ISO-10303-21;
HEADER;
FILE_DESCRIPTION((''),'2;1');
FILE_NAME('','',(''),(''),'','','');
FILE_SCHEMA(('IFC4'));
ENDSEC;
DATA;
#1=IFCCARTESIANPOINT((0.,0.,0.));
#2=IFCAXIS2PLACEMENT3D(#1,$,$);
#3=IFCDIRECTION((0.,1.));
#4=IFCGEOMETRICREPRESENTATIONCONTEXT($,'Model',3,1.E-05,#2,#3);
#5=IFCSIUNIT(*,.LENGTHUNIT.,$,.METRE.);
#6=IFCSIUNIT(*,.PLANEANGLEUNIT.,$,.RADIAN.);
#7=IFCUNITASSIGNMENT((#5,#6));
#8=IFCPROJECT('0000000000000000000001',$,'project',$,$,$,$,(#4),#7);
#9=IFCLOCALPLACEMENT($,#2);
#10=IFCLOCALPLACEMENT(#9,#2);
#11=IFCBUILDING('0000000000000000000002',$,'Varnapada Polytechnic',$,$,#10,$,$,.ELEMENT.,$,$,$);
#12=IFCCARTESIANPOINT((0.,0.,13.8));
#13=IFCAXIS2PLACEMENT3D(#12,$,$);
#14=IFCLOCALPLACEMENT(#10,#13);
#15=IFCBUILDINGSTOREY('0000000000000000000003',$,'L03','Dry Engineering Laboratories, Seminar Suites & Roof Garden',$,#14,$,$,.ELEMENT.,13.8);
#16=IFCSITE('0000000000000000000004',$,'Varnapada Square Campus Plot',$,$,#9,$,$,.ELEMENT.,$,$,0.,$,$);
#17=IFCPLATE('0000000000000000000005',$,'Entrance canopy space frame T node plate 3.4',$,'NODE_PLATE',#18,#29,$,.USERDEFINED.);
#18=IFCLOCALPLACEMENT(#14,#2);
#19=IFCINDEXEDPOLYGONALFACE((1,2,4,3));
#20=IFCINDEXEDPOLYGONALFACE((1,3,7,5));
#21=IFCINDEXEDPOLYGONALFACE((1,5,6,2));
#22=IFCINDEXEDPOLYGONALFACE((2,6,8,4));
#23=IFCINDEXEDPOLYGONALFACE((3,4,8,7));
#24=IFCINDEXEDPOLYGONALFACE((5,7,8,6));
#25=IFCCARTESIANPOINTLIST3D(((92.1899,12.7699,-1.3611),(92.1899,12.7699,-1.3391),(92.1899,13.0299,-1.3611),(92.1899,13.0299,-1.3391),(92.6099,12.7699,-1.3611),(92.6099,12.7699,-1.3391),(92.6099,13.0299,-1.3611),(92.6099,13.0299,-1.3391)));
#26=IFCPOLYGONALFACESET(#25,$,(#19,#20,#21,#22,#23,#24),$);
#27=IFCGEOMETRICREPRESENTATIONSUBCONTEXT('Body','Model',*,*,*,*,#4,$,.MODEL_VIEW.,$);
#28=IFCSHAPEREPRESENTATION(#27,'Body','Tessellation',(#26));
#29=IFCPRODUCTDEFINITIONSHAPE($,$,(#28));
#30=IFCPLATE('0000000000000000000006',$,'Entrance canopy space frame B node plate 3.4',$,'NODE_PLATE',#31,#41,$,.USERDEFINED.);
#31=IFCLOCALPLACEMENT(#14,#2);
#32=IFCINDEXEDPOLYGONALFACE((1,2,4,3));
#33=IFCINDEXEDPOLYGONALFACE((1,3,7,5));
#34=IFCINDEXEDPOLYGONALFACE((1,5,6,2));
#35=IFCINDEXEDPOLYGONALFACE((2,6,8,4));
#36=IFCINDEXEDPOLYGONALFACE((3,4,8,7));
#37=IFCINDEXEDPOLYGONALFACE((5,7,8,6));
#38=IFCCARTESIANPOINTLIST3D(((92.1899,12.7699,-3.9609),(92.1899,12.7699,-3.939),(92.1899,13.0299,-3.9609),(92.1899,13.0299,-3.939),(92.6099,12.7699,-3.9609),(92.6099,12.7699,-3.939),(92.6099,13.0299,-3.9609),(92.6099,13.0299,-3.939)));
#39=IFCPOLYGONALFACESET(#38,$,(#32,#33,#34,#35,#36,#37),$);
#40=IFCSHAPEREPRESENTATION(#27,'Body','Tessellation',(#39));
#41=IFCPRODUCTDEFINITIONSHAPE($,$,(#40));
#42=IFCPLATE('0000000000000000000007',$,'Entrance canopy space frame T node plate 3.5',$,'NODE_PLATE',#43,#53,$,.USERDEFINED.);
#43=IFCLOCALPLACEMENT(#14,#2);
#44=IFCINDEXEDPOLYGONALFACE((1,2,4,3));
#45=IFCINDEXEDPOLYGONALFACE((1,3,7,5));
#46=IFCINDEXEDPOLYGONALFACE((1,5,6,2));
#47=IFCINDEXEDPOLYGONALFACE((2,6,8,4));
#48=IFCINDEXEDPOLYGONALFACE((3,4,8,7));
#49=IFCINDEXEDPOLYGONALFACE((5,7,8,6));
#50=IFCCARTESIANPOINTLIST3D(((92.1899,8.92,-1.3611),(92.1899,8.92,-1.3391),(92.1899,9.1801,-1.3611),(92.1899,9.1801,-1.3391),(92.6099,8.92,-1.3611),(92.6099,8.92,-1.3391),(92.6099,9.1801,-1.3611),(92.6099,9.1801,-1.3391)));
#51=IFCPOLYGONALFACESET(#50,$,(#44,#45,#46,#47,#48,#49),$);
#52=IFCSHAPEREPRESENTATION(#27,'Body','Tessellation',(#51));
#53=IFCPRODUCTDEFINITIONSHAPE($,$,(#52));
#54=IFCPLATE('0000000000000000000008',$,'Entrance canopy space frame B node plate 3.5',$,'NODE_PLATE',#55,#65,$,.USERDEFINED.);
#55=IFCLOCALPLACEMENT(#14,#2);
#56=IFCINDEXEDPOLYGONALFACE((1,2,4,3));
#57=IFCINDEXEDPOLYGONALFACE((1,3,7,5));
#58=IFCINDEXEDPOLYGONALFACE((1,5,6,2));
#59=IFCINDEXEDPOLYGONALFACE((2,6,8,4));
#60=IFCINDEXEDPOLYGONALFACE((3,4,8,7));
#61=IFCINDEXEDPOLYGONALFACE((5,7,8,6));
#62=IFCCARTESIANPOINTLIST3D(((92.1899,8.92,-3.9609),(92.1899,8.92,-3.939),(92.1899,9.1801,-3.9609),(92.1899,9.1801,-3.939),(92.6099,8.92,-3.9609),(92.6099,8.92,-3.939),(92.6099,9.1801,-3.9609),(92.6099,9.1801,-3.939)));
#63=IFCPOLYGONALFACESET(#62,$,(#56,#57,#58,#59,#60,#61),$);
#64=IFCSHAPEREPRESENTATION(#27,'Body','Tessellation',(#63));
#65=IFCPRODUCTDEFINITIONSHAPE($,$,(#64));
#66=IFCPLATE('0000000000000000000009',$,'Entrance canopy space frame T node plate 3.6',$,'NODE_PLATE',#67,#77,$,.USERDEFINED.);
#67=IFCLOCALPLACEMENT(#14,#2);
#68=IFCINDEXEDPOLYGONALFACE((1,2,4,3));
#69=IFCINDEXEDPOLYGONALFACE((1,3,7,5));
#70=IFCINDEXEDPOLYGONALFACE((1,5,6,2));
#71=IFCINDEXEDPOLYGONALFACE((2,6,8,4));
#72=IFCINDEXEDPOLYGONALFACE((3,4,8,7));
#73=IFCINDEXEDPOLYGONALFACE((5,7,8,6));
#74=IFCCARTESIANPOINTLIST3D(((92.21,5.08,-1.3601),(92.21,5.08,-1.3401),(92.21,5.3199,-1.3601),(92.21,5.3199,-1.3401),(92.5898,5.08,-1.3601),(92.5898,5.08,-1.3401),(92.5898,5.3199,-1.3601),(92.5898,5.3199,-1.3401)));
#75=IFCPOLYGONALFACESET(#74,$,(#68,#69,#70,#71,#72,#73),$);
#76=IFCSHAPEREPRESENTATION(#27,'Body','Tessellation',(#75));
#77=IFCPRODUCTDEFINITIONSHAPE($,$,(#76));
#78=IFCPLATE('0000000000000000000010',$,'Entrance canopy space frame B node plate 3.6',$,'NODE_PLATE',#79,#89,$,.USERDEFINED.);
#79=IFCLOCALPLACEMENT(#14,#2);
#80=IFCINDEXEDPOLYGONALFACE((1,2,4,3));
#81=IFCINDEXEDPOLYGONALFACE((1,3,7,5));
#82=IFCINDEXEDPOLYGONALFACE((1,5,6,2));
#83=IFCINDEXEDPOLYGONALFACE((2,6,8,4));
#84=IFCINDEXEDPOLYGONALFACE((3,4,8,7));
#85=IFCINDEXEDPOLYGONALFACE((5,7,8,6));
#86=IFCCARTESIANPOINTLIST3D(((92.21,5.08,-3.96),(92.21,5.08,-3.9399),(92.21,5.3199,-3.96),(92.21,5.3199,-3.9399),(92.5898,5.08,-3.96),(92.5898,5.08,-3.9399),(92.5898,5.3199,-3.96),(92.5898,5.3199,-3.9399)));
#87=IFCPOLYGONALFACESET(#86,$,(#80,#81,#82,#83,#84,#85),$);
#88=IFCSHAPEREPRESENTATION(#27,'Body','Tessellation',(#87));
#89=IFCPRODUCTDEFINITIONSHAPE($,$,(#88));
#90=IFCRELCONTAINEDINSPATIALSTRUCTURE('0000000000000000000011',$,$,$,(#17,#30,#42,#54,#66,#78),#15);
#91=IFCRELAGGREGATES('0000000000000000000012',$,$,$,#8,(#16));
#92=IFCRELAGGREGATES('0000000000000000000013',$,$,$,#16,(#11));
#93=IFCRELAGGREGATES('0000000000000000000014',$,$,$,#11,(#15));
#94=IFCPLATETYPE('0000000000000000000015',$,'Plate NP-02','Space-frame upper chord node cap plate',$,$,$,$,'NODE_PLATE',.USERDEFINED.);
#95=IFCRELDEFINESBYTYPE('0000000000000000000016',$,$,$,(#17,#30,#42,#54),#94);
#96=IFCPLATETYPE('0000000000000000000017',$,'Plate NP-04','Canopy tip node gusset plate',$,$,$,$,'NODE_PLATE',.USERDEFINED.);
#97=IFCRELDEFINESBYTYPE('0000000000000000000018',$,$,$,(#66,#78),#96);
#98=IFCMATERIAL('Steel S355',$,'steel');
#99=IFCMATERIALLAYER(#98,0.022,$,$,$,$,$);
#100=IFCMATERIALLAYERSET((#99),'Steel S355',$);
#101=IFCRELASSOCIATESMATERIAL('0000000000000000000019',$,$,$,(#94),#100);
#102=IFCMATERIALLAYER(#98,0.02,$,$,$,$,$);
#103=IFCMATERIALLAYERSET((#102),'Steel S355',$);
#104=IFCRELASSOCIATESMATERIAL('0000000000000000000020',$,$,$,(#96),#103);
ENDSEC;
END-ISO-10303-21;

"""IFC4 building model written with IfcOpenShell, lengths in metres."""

from ifc_helpers import new_model, si_unit, direction, frame, origin, origin_2d, place, context, subcontext, project, spatial, rectangle, extrude, material, layer, layer_set, type_object, element, save


model = new_model("IFC4")

# Units and contexts
model_context = context("Model", 3, precision=1e-05, world=origin(), true_north=direction((0.0, 1.0)))
body_context = subcontext(model_context, "Body", "Model", "MODEL_VIEW")
ifc_project = project(units=[si_unit("LENGTHUNIT", "METRE"), si_unit("PLANEANGLEUNIT", "RADIAN")], contexts=[model_context])

# Site, building, storey
site_placement = place(None, origin())
site = spatial("IfcSite", under=ifc_project, at=site_placement, Name="Varnapada Square Campus Plot", CompositionType="ELEMENT", RefElevation=0.0)
building_placement = place(site_placement, origin())
building = spatial("IfcBuilding", under=site, at=building_placement, Name="Varnapada Polytechnic", CompositionType="ELEMENT")
storey_placement = place(building_placement, frame((0.0, 0.0, 13.8)))
storey = spatial("IfcBuildingStorey", under=building, at=storey_placement, Name="L03", Description="Dry Engineering Laboratories, Seminar Suites & Roof Garden", CompositionType="ELEMENT", Elevation=13.8)

# Shared definitions
ifc_material = material(Name="Steel S355", Category="steel")

# Plates
ifc_layer_1 = layer(ifc_material, 0.022)
ifc_layer_set_1 = layer_set([ifc_layer_1], Name="Steel S355")
plate_type_1 = type_object("IfcPlateType", Name="Plate NP-02", Description="Space-frame upper chord node cap plate", ElementType="NODE_PLATE", PredefinedType="USERDEFINED", material=ifc_layer_set_1)
for number, where, z_axis, x_axis, name in (
    (1, (92.3999, 12.8999, -1.3611), (0.0, 0.0, 1.0), (1.0, 0.0, 0.0), "Entrance canopy space frame T node plate 3.4"),
    (2, (92.3999, 12.8999, -3.9609), (0.0, 0.0, 1.0), (1.0, 0.0, 0.0), "Entrance canopy space frame B node plate 3.4"),
    (3, (92.3999, 9.05, -1.3611), (0.0, 0.0, 1.0), (1.0, 0.0, 0.0), "Entrance canopy space frame T node plate 3.5"),
    (4, (92.3999, 9.05, -3.9609), (0.0, 0.0, 1.0), (1.0, 0.0, 0.0), "Entrance canopy space frame B node plate 3.5"),
):
    element("IfcPlate", number, at=place(storey_placement, frame(where, z_axis=z_axis, x_axis=x_axis)), inside=storey, type_object=plate_type_1, Name=name, ObjectType="NODE_PLATE", PredefinedType="USERDEFINED", context=body_context, shape_type="SweptSolid", body=[
        extrude(rectangle(XDim=0.4199, YDim=0.26, at=origin_2d()), origin(), (0.0, 0.0, 1.0), 0.022),
    ])
ifc_layer_2 = layer(ifc_material, 0.02)
ifc_layer_set_2 = layer_set([ifc_layer_2], Name="Steel S355")
plate_type_2 = type_object("IfcPlateType", Name="Plate NP-04", Description="Canopy tip node gusset plate", ElementType="NODE_PLATE", PredefinedType="USERDEFINED", material=ifc_layer_set_2)
for number, where, z_axis, x_axis, name in (
    (5, (92.3999, 5.2, -1.3601), (0.0, 0.0, 1.0), (1.0, 0.0, 0.0), "Entrance canopy space frame T node plate 3.6"),
    (6, (92.3999, 5.2, -3.96), (0.0, 0.0, 1.0), (1.0, 0.0, 0.0), "Entrance canopy space frame B node plate 3.6"),
):
    element("IfcPlate", number, at=place(storey_placement, frame(where, z_axis=z_axis, x_axis=x_axis)), inside=storey, type_object=plate_type_2, Name=name, ObjectType="NODE_PLATE", PredefinedType="USERDEFINED", context=body_context, shape_type="SweptSolid", body=[
        extrude(rectangle(XDim=0.3799, YDim=0.24, at=origin_2d()), origin(), (0.0, 0.0, 1.0), 0.02),
    ])

save(model, "model.ifc")
